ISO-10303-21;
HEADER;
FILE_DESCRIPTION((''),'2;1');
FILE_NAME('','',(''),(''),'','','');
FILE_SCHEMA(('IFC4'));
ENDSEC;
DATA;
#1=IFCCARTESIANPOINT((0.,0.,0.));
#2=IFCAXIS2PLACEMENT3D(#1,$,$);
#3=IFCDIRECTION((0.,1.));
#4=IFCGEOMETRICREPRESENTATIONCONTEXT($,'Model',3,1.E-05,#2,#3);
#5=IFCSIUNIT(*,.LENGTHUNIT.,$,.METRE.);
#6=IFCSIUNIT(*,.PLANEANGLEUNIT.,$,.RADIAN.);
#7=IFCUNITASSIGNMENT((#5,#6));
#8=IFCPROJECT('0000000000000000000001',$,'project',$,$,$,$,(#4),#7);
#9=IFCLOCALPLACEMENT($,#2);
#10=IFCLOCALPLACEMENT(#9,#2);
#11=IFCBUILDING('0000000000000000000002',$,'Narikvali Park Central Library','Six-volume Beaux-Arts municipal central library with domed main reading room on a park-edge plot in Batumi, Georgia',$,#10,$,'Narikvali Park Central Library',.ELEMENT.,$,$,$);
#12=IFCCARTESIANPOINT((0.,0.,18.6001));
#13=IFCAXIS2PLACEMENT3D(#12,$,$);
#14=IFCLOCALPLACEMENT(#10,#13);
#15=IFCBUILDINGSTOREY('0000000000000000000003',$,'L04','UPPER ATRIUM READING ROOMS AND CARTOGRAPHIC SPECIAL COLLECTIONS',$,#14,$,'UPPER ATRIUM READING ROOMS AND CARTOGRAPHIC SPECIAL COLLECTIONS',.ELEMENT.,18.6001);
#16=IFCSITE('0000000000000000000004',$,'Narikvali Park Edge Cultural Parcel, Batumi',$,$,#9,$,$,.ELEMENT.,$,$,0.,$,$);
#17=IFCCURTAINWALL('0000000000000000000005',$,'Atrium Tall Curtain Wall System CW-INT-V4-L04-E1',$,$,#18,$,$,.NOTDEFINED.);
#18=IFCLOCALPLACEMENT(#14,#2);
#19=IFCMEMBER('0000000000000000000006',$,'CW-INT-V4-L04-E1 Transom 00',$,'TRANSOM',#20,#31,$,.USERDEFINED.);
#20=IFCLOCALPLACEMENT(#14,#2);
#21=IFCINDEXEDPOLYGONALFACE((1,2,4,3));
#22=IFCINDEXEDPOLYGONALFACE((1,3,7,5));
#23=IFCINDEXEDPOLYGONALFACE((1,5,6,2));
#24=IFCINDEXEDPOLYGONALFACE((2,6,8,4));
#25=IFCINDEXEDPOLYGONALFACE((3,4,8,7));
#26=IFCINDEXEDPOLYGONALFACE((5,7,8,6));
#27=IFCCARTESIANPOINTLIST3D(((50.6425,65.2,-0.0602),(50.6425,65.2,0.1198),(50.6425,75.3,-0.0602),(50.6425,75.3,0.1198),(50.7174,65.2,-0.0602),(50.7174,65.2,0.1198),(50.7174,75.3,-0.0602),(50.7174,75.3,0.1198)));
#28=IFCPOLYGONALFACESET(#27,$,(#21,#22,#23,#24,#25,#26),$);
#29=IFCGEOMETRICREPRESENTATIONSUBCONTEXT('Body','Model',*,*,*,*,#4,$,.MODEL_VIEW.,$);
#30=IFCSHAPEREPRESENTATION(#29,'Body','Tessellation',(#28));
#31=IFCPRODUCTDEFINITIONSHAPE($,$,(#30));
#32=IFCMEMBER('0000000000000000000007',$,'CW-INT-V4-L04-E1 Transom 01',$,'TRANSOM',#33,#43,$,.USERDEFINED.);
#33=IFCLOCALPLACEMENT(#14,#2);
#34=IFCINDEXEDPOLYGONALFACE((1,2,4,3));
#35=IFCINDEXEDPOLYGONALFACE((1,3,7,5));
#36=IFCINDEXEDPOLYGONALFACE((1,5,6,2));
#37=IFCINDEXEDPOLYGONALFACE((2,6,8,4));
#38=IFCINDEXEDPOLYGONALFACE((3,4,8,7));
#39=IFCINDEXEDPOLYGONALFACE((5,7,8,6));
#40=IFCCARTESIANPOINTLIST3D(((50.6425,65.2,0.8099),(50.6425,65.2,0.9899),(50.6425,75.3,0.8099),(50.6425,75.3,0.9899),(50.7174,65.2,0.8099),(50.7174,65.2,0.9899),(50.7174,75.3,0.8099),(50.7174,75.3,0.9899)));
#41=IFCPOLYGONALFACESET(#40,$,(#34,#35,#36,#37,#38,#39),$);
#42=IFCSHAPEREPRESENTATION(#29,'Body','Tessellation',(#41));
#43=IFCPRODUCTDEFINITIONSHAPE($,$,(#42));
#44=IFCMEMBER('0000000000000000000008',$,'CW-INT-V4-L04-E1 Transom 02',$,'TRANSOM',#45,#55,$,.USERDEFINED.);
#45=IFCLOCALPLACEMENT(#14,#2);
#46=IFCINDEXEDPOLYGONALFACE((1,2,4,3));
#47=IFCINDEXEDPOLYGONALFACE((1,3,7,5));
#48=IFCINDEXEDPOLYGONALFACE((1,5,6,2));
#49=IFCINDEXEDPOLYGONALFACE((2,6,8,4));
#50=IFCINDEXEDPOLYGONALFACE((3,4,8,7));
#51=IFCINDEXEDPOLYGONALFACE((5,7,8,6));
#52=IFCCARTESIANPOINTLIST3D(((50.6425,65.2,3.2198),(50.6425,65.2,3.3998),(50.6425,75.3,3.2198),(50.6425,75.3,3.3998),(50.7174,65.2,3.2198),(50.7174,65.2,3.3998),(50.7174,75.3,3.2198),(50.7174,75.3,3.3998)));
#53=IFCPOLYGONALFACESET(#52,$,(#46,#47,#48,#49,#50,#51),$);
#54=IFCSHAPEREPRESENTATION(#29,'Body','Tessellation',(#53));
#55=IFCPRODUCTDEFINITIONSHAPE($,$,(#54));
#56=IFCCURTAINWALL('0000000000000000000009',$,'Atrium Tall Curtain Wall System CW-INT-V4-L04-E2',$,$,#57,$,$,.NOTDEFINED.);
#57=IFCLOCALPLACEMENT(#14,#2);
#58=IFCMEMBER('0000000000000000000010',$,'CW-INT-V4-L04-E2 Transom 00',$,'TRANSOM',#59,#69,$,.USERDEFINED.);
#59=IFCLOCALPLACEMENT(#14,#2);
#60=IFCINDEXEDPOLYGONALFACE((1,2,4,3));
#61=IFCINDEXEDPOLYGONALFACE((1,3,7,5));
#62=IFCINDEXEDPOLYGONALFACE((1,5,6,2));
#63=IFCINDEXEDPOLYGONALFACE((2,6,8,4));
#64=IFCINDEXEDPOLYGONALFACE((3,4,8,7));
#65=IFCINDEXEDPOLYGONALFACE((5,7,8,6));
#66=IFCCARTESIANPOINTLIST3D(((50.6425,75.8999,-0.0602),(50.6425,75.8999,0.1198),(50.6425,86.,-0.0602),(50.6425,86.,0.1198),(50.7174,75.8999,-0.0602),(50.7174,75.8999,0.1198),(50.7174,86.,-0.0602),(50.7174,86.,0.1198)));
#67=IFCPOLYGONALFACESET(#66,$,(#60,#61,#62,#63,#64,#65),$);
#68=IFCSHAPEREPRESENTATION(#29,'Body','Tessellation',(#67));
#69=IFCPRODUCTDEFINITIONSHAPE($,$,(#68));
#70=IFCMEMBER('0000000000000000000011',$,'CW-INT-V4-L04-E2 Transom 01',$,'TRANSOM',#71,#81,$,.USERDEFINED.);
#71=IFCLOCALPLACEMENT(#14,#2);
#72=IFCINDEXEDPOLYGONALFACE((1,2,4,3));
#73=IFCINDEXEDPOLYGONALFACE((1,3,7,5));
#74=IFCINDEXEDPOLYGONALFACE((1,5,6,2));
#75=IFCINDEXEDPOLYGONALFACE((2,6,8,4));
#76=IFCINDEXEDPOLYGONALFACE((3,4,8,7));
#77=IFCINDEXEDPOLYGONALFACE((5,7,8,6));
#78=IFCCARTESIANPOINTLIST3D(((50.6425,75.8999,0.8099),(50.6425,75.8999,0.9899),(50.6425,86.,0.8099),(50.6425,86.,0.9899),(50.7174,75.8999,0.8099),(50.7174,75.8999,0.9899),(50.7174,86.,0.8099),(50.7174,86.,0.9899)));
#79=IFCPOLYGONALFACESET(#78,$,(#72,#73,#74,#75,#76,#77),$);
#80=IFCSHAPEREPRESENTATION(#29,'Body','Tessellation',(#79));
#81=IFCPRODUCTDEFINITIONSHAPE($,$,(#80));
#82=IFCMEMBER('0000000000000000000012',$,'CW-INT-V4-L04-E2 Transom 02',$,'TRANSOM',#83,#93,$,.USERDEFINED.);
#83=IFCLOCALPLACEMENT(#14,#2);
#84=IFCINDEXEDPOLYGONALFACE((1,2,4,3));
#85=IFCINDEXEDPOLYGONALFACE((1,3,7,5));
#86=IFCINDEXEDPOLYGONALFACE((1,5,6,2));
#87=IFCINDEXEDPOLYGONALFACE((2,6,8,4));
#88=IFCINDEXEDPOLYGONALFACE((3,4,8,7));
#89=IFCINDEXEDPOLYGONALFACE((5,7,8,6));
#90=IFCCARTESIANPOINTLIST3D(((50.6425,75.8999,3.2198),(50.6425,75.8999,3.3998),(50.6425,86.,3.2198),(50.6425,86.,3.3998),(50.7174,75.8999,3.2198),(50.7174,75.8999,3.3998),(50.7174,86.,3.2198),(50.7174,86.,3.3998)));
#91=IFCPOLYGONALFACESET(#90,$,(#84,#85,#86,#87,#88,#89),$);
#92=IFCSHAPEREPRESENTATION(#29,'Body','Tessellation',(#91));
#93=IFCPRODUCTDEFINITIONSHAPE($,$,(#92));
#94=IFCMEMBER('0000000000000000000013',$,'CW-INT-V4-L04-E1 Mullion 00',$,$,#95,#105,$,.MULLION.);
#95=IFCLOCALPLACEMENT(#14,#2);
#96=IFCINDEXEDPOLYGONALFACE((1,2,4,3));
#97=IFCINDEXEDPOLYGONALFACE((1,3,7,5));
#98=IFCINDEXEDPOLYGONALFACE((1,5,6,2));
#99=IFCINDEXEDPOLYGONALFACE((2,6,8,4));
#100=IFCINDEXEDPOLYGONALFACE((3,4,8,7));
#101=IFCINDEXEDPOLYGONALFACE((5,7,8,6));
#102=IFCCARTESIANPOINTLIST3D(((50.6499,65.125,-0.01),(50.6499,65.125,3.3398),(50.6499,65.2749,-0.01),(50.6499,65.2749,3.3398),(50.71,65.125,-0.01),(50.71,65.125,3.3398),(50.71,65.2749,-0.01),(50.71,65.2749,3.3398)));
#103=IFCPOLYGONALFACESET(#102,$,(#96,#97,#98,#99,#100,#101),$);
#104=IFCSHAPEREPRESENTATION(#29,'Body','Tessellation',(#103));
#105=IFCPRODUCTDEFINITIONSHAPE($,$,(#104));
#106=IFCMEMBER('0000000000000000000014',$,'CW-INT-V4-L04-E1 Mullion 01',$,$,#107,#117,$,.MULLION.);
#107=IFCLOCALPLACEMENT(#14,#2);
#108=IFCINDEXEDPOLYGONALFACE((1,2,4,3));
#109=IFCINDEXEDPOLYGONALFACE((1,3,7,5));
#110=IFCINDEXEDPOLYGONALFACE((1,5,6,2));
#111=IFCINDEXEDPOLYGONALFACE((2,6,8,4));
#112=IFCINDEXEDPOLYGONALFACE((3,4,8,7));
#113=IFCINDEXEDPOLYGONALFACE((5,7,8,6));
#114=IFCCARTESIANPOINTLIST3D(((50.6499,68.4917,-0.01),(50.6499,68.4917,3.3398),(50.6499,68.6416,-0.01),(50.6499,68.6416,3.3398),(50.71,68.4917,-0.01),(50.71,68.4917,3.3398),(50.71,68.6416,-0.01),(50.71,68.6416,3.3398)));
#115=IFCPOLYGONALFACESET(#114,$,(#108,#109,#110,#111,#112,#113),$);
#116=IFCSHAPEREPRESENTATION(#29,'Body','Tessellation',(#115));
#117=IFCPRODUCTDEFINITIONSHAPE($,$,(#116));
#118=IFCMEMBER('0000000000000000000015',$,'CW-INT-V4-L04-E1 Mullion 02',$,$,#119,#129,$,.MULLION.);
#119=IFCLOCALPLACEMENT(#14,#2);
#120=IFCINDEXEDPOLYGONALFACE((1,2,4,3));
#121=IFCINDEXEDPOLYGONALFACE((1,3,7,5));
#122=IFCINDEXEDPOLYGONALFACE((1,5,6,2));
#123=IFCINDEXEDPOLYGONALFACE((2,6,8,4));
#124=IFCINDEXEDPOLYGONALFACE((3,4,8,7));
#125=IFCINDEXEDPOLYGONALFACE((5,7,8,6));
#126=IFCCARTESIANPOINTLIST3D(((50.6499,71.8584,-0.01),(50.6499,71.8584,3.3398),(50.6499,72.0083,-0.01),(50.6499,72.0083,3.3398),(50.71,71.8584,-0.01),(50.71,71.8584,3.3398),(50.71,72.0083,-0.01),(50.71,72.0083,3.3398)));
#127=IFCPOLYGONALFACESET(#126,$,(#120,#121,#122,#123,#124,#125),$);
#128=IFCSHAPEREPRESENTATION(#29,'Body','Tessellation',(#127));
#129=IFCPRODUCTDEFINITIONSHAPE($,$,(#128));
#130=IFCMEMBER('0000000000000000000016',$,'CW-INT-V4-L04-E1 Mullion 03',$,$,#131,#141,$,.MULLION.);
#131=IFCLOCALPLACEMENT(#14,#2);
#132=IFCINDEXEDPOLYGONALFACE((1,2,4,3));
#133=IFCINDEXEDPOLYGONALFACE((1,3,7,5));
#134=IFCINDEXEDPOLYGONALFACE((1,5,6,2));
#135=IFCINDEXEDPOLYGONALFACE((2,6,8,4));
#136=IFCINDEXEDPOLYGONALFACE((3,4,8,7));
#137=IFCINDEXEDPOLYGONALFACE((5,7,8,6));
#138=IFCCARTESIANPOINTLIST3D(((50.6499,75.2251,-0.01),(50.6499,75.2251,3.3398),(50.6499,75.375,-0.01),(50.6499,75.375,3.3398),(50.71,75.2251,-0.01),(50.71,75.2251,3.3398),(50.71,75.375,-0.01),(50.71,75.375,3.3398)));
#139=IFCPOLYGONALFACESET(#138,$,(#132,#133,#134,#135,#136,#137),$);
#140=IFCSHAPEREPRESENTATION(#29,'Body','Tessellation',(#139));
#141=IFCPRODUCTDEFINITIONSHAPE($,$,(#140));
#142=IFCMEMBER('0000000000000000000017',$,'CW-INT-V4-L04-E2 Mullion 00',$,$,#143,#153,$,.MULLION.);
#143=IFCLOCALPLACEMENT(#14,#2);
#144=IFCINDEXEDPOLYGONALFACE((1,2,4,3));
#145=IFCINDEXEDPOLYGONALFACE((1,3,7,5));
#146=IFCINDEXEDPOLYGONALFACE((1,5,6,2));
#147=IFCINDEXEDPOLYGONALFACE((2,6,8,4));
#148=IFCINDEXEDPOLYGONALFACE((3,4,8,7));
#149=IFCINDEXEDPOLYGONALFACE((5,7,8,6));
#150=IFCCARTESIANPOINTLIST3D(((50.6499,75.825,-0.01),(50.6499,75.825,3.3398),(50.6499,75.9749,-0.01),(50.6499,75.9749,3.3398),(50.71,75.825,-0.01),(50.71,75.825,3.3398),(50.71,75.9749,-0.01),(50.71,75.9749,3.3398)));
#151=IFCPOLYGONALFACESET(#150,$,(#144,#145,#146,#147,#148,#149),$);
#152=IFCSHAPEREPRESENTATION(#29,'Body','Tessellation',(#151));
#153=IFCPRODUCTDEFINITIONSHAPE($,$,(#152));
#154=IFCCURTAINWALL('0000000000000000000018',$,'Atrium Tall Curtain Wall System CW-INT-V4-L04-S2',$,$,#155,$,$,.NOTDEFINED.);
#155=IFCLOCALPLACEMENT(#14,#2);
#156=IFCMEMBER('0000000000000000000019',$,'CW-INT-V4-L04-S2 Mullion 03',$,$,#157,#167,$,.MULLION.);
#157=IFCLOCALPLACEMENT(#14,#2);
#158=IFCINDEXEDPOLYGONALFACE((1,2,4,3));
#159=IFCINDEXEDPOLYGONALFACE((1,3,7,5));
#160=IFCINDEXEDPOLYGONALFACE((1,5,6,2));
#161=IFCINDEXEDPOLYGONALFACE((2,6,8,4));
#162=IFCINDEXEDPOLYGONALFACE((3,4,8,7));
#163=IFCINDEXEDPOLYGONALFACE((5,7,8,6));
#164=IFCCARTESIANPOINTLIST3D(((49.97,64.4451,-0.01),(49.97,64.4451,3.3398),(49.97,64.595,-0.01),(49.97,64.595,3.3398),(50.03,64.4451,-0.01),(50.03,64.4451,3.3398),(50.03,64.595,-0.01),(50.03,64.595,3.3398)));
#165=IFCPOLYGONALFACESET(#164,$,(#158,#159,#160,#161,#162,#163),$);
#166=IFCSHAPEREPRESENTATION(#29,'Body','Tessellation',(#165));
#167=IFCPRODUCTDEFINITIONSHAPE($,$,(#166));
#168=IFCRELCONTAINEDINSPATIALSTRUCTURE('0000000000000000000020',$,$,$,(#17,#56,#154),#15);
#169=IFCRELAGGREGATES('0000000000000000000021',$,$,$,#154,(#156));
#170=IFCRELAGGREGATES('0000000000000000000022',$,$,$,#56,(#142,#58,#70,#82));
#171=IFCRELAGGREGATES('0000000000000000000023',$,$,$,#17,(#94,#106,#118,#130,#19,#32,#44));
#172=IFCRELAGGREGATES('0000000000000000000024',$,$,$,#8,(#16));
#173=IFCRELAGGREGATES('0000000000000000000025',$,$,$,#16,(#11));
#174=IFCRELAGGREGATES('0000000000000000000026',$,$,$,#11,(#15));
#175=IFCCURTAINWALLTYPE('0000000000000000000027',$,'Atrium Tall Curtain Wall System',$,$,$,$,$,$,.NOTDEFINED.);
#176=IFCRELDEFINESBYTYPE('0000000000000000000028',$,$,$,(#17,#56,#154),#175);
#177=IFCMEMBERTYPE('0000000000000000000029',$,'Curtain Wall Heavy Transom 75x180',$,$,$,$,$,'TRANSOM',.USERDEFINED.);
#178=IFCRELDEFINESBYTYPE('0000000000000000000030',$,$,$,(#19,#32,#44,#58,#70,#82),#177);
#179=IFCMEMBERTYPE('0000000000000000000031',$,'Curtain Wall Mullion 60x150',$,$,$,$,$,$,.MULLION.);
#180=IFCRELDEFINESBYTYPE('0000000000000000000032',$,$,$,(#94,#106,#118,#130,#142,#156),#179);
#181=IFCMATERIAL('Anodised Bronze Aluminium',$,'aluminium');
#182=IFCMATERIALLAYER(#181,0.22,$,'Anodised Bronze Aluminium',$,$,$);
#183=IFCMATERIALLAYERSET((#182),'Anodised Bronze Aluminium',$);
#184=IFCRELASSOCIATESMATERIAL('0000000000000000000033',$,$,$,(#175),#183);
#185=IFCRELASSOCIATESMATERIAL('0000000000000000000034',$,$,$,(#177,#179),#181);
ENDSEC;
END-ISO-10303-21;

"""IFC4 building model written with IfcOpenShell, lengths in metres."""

from ifc_helpers import new_model, si_unit, direction, frame, origin, origin_2d, place, context, subcontext, project, spatial, rectangle, extrude, material, layer, layer_set, material_profile, profile_set, type_object, element, aggregate, save


model = new_model("IFC4")

# Units and contexts
model_context = context("Model", 3, precision=1e-05, world=origin(), true_north=direction((0.0, 1.0)))
body_context = subcontext(model_context, "Body", "Model", "MODEL_VIEW")
ifc_project = project(units=[si_unit("LENGTHUNIT", "METRE"), si_unit("PLANEANGLEUNIT", "RADIAN")], contexts=[model_context])

# Site, building, storey
site_placement = place(None, origin())
site = spatial("IfcSite", under=ifc_project, at=site_placement, Name="Narikvali Park Edge Cultural Parcel, Batumi", CompositionType="ELEMENT", RefElevation=0.0)
building_placement = place(site_placement, origin())
building = spatial("IfcBuilding", under=site, at=building_placement, Name="Narikvali Park Central Library", Description="Six-volume Beaux-Arts municipal central library with domed main reading room on a park-edge plot in Batumi, Georgia", LongName="Narikvali Park Central Library", CompositionType="ELEMENT")
storey_placement = place(building_placement, frame((0.0, 0.0, 18.6001)))
storey = spatial("IfcBuildingStorey", under=building, at=storey_placement, Name="L04", Description="UPPER ATRIUM READING ROOMS AND CARTOGRAPHIC SPECIAL COLLECTIONS", LongName="UPPER ATRIUM READING ROOMS AND CARTOGRAPHIC SPECIAL COLLECTIONS", CompositionType="ELEMENT", Elevation=18.6001)

# Curtain walls, members
ifc_material_1 = material(Name="Anodised Bronze Aluminium", Category="aluminium")
ifc_layer_1 = layer(ifc_material_1, 0.22, Name="Anodised Bronze Aluminium")
ifc_layer_set_1 = layer_set([ifc_layer_1], Name="Anodised Bronze Aluminium")
curtain_wall_type = type_object("IfcCurtainWallType", Name="Atrium Tall Curtain Wall System", PredefinedType="NOTDEFINED", material=ifc_layer_set_1)
curtain_wall_1_placement = place(storey_placement, origin())
curtain_wall_1 = element("IfcCurtainWall", 1, at=curtain_wall_1_placement, inside=storey, type_object=curtain_wall_type, Name="Atrium Tall Curtain Wall System CW-INT-V4-L04-E1", PredefinedType="NOTDEFINED")
ifc_material_profile_1 = material_profile(ifc_material_1, rectangle(XDim=0.075, YDim=0.1799, at=origin_2d()), Name="CW TRANSOM 75x180")
ifc_profile_set_1 = profile_set([ifc_material_profile_1], Name="Anodised Bronze Aluminium")
member_type_1 = type_object("IfcMemberType", Name="Curtain Wall Heavy Transom 75x180", ElementType="TRANSOM", PredefinedType="USERDEFINED", material=ifc_profile_set_1)
member_1_placement = place(storey_placement, frame((50.6799, 65.2, 0.0298), z_axis=(0.0, 1.0, 0.0), x_axis=(-1.0, 0.0, 0.0)))
member_1 = element("IfcMember", 2, at=member_1_placement, type_object=member_type_1, Name="CW-INT-V4-L04-E1 Transom 00", ObjectType="TRANSOM", PredefinedType="USERDEFINED", context=body_context, shape_type="SweptSolid", body=[
    extrude(rectangle(XDim=0.075, YDim=0.1799, at=origin_2d()), origin(), (0.0, 0.0, 1.0), 10.1001),
])
member_2_placement = place(storey_placement, frame((50.6799, 65.2, 0.8999), z_axis=(0.0, 1.0, 0.0), x_axis=(-1.0, 0.0, 0.0)))
member_2 = element("IfcMember", 3, at=member_2_placement, type_object=member_type_1, Name="CW-INT-V4-L04-E1 Transom 01", ObjectType="TRANSOM", PredefinedType="USERDEFINED", context=body_context, shape_type="SweptSolid", body=[
    extrude(rectangle(XDim=0.075, YDim=0.1799, at=origin_2d()), origin(), (0.0, 0.0, 1.0), 10.1001),
])
member_3_placement = place(storey_placement, frame((50.6799, 65.2, 3.3098), z_axis=(0.0, 1.0, 0.0), x_axis=(-1.0, 0.0, 0.0)))
member_3 = element("IfcMember", 4, at=member_3_placement, type_object=member_type_1, Name="CW-INT-V4-L04-E1 Transom 02", ObjectType="TRANSOM", PredefinedType="USERDEFINED", context=body_context, shape_type="SweptSolid", body=[
    extrude(rectangle(XDim=0.075, YDim=0.1799, at=origin_2d()), origin(), (0.0, 0.0, 1.0), 10.1001),
])
curtain_wall_2_placement = place(storey_placement, origin())
curtain_wall_2 = element("IfcCurtainWall", 5, at=curtain_wall_2_placement, inside=storey, type_object=curtain_wall_type, Name="Atrium Tall Curtain Wall System CW-INT-V4-L04-E2", PredefinedType="NOTDEFINED")
member_4_placement = place(storey_placement, frame((50.6799, 75.8999, 0.0298), z_axis=(0.0, 1.0, 0.0), x_axis=(-1.0, 0.0, 0.0)))
member_4 = element("IfcMember", 6, at=member_4_placement, type_object=member_type_1, Name="CW-INT-V4-L04-E2 Transom 00", ObjectType="TRANSOM", PredefinedType="USERDEFINED", context=body_context, shape_type="SweptSolid", body=[
    extrude(rectangle(XDim=0.075, YDim=0.1799, at=origin_2d()), origin(), (0.0, 0.0, 1.0), 10.1001),
])
member_5_placement = place(storey_placement, frame((50.6799, 75.8999, 0.8999), z_axis=(0.0, 1.0, 0.0), x_axis=(-1.0, 0.0, 0.0)))
member_5 = element("IfcMember", 7, at=member_5_placement, type_object=member_type_1, Name="CW-INT-V4-L04-E2 Transom 01", ObjectType="TRANSOM", PredefinedType="USERDEFINED", context=body_context, shape_type="SweptSolid", body=[
    extrude(rectangle(XDim=0.075, YDim=0.1799, at=origin_2d()), origin(), (0.0, 0.0, 1.0), 10.1001),
])
member_6_placement = place(storey_placement, frame((50.6799, 75.8999, 3.3098), z_axis=(0.0, 1.0, 0.0), x_axis=(-1.0, 0.0, 0.0)))
member_6 = element("IfcMember", 8, at=member_6_placement, type_object=member_type_1, Name="CW-INT-V4-L04-E2 Transom 02", ObjectType="TRANSOM", PredefinedType="USERDEFINED", context=body_context, shape_type="SweptSolid", body=[
    extrude(rectangle(XDim=0.075, YDim=0.1799, at=origin_2d()), origin(), (0.0, 0.0, 1.0), 10.1001),
])

# Members
ifc_material_profile_2 = material_profile(ifc_material_1, rectangle(XDim=0.0601, YDim=0.1499, at=origin_2d()), Name="CW MULLION 60x150")
ifc_profile_set_2 = profile_set([ifc_material_profile_2], Name="Anodised Bronze Aluminium")
member_type_2 = type_object("IfcMemberType", Name="Curtain Wall Mullion 60x150", PredefinedType="MULLION", material=ifc_profile_set_2)
member_7_placement = place(storey_placement, frame((50.6799, 65.2, -0.01), z_axis=(0.0, 0.0, 1.0), x_axis=(1.0, 0.0, 0.0)))
member_7 = element("IfcMember", 9, at=member_7_placement, type_object=member_type_2, Name="CW-INT-V4-L04-E1 Mullion 00", PredefinedType="MULLION", context=body_context, shape_type="SweptSolid", body=[
    extrude(rectangle(XDim=0.0601, YDim=0.1499, at=origin_2d()), origin(), (0.0, 0.0, 1.0), 3.3499),
])
member_8_placement = place(storey_placement, frame((50.6799, 68.5667, -0.01), z_axis=(0.0, 0.0, 1.0), x_axis=(1.0, 0.0, 0.0)))
member_8 = element("IfcMember", 10, at=member_8_placement, type_object=member_type_2, Name="CW-INT-V4-L04-E1 Mullion 01", PredefinedType="MULLION", context=body_context, shape_type="SweptSolid", body=[
    extrude(rectangle(XDim=0.0601, YDim=0.1499, at=origin_2d()), origin(), (0.0, 0.0, 1.0), 3.3499),
])
member_9_placement = place(storey_placement, frame((50.6799, 71.9333, -0.01), z_axis=(0.0, 0.0, 1.0), x_axis=(1.0, 0.0, 0.0)))
member_9 = element("IfcMember", 11, at=member_9_placement, type_object=member_type_2, Name="CW-INT-V4-L04-E1 Mullion 02", PredefinedType="MULLION", context=body_context, shape_type="SweptSolid", body=[
    extrude(rectangle(XDim=0.0601, YDim=0.1499, at=origin_2d()), origin(), (0.0, 0.0, 1.0), 3.3499),
])
member_10_placement = place(storey_placement, frame((50.6799, 75.3, -0.01), z_axis=(0.0, 0.0, 1.0), x_axis=(1.0, 0.0, 0.0)))
member_10 = element("IfcMember", 12, at=member_10_placement, type_object=member_type_2, Name="CW-INT-V4-L04-E1 Mullion 03", PredefinedType="MULLION", context=body_context, shape_type="SweptSolid", body=[
    extrude(rectangle(XDim=0.0601, YDim=0.1499, at=origin_2d()), origin(), (0.0, 0.0, 1.0), 3.3499),
])
member_11_placement = place(storey_placement, frame((50.6799, 75.8999, -0.01), z_axis=(0.0, 0.0, 1.0), x_axis=(1.0, 0.0, 0.0)))
member_11 = element("IfcMember", 13, at=member_11_placement, type_object=member_type_2, Name="CW-INT-V4-L04-E2 Mullion 00", PredefinedType="MULLION", context=body_context, shape_type="SweptSolid", body=[
    extrude(rectangle(XDim=0.0601, YDim=0.1499, at=origin_2d()), origin(), (0.0, 0.0, 1.0), 3.3499),
])

# Curtain wall, member
curtain_wall_3_placement = place(storey_placement, origin())
curtain_wall_3 = element("IfcCurtainWall", 14, at=curtain_wall_3_placement, inside=storey, type_object=curtain_wall_type, Name="Atrium Tall Curtain Wall System CW-INT-V4-L04-S2", PredefinedType="NOTDEFINED")
member_12_placement = place(storey_placement, frame((50.0, 64.52, -0.01), z_axis=(0.0, 0.0, 1.0), x_axis=(1.0, 0.0, 0.0)))
member_12 = element("IfcMember", 15, at=member_12_placement, type_object=member_type_2, Name="CW-INT-V4-L04-S2 Mullion 03", PredefinedType="MULLION", context=body_context, shape_type="SweptSolid", body=[
    extrude(rectangle(XDim=0.0601, YDim=0.1499, at=origin_2d()), origin(), (0.0, 0.0, 1.0), 3.3499),
])
aggregate(curtain_wall_3, [member_12])

aggregate(curtain_wall_2, [member_11, member_4, member_5, member_6])
aggregate(curtain_wall_1, [member_7, member_8, member_9, member_10, member_1, member_2, member_3])

save(model, "model.ifc")
